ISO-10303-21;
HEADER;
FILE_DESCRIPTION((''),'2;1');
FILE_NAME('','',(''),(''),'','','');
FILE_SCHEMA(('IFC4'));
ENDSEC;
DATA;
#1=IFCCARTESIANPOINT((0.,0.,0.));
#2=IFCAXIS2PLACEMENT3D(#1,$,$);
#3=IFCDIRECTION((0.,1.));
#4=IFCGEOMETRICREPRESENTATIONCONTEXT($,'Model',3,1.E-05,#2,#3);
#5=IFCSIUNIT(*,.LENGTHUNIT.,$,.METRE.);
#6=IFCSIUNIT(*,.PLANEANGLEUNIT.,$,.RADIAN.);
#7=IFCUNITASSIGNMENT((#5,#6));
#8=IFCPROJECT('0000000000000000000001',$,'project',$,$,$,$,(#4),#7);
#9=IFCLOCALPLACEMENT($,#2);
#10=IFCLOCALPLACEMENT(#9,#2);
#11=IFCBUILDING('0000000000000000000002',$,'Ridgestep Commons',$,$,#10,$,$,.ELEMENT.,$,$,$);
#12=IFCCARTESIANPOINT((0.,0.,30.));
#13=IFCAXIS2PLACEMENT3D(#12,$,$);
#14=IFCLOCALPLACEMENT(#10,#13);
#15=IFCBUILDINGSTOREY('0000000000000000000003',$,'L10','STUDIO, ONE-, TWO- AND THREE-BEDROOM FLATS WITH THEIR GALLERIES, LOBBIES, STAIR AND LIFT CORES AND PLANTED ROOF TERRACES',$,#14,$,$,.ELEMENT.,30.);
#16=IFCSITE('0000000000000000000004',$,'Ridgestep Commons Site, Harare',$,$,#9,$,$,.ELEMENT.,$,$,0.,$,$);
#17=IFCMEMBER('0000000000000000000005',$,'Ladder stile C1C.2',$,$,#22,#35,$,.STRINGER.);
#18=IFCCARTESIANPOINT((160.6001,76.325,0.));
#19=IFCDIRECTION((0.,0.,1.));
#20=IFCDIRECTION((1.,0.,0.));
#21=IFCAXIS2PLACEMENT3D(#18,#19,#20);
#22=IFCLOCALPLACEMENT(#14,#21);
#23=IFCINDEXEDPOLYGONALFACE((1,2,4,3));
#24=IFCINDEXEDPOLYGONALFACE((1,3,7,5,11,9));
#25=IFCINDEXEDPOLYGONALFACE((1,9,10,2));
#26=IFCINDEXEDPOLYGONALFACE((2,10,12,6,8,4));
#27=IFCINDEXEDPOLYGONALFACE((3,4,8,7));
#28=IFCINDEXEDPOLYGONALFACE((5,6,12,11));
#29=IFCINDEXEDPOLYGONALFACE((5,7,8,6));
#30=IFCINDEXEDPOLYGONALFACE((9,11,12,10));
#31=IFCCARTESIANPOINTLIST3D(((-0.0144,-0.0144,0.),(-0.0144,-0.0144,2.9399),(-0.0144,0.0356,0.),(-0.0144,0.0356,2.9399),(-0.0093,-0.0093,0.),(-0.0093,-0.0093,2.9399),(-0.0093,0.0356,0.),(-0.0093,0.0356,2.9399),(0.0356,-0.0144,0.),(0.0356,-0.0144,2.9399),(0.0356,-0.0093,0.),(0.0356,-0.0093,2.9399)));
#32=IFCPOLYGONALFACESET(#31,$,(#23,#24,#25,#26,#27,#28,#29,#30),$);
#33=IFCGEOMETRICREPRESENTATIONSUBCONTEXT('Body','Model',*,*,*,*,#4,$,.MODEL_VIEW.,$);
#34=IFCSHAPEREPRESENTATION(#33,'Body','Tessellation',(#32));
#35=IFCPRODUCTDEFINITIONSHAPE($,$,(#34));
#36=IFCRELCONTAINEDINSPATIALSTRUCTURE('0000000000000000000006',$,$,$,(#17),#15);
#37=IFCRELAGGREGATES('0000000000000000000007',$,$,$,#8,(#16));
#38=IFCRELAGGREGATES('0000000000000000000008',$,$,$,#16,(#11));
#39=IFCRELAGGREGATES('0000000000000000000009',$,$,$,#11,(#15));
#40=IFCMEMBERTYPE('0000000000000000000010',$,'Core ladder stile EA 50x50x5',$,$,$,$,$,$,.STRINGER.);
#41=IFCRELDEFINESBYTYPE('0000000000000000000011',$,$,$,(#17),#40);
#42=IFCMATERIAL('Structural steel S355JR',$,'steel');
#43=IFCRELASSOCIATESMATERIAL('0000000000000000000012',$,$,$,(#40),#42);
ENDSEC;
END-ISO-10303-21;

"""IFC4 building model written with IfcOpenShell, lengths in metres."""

from ifc_helpers import new_model, si_unit, direction, frame, origin, place, context, subcontext, project, spatial, polyline, outline, extrude, material, material_profile, profile_set, type_object, element, save


model = new_model("IFC4")

# Units and contexts
model_context = context("Model", 3, precision=1e-05, world=origin(), true_north=direction((0.0, 1.0)))
body_context = subcontext(model_context, "Body", "Model", "MODEL_VIEW")
ifc_project = project(units=[si_unit("LENGTHUNIT", "METRE"), si_unit("PLANEANGLEUNIT", "RADIAN")], contexts=[model_context])

# Site, building, storey
site_placement = place(None, origin())
site = spatial("IfcSite", under=ifc_project, at=site_placement, Name="Ridgestep Commons Site, Harare", CompositionType="ELEMENT", RefElevation=0.0)
building_placement = place(site_placement, origin())
building = spatial("IfcBuilding", under=site, at=building_placement, Name="Ridgestep Commons", CompositionType="ELEMENT")
storey_placement = place(building_placement, frame((0.0, 0.0, 30.0)))
storey = spatial("IfcBuildingStorey", under=building, at=storey_placement, Name="L10", Description="STUDIO, ONE-, TWO- AND THREE-BEDROOM FLATS WITH THEIR GALLERIES, LOBBIES, STAIR AND LIFT CORES AND PLANTED ROOF TERRACES", CompositionType="ELEMENT", Elevation=30.0)

# Member
ifc_material_1 = material(Name="Structural steel S355JR", Category="steel")
ifc_material_profile_1 = material_profile(ifc_material_1, outline(polyline([(-0.0144, -0.0144), (0.0356, -0.0144), (0.0356, -0.0093), (-0.0093, -0.0093), (-0.0093, 0.0356), (-0.0144, 0.0356), (-0.0144, -0.0144)])), Name="EA 50x50x5")
ifc_profile_set_1 = profile_set([ifc_material_profile_1], Name="Structural steel S355JR")
member_type_1 = type_object("IfcMemberType", Name="Core ladder stile EA 50x50x5", PredefinedType="STRINGER", material=ifc_profile_set_1)
member_1_placement = place(storey_placement, frame((160.6001, 76.325, 0.0), z_axis=(0.0, 0.0, 1.0), x_axis=(1.0, 0.0, 0.0)))
element("IfcMember", 1, at=member_1_placement, inside=storey, type_object=member_type_1, Name="Ladder stile C1C.2", PredefinedType="STRINGER", context=body_context, shape_type="SweptSolid", body=[
    extrude(outline(polyline([(-0.0144, -0.0144), (0.0356, -0.0144), (0.0356, -0.0093), (-0.0093, -0.0093), (-0.0093, 0.0356), (-0.0144, 0.0356), (-0.0144, -0.0144)])), origin(), (0.0, 0.0, 1.0), 2.9399),
])

save(model, "model.ifc")
